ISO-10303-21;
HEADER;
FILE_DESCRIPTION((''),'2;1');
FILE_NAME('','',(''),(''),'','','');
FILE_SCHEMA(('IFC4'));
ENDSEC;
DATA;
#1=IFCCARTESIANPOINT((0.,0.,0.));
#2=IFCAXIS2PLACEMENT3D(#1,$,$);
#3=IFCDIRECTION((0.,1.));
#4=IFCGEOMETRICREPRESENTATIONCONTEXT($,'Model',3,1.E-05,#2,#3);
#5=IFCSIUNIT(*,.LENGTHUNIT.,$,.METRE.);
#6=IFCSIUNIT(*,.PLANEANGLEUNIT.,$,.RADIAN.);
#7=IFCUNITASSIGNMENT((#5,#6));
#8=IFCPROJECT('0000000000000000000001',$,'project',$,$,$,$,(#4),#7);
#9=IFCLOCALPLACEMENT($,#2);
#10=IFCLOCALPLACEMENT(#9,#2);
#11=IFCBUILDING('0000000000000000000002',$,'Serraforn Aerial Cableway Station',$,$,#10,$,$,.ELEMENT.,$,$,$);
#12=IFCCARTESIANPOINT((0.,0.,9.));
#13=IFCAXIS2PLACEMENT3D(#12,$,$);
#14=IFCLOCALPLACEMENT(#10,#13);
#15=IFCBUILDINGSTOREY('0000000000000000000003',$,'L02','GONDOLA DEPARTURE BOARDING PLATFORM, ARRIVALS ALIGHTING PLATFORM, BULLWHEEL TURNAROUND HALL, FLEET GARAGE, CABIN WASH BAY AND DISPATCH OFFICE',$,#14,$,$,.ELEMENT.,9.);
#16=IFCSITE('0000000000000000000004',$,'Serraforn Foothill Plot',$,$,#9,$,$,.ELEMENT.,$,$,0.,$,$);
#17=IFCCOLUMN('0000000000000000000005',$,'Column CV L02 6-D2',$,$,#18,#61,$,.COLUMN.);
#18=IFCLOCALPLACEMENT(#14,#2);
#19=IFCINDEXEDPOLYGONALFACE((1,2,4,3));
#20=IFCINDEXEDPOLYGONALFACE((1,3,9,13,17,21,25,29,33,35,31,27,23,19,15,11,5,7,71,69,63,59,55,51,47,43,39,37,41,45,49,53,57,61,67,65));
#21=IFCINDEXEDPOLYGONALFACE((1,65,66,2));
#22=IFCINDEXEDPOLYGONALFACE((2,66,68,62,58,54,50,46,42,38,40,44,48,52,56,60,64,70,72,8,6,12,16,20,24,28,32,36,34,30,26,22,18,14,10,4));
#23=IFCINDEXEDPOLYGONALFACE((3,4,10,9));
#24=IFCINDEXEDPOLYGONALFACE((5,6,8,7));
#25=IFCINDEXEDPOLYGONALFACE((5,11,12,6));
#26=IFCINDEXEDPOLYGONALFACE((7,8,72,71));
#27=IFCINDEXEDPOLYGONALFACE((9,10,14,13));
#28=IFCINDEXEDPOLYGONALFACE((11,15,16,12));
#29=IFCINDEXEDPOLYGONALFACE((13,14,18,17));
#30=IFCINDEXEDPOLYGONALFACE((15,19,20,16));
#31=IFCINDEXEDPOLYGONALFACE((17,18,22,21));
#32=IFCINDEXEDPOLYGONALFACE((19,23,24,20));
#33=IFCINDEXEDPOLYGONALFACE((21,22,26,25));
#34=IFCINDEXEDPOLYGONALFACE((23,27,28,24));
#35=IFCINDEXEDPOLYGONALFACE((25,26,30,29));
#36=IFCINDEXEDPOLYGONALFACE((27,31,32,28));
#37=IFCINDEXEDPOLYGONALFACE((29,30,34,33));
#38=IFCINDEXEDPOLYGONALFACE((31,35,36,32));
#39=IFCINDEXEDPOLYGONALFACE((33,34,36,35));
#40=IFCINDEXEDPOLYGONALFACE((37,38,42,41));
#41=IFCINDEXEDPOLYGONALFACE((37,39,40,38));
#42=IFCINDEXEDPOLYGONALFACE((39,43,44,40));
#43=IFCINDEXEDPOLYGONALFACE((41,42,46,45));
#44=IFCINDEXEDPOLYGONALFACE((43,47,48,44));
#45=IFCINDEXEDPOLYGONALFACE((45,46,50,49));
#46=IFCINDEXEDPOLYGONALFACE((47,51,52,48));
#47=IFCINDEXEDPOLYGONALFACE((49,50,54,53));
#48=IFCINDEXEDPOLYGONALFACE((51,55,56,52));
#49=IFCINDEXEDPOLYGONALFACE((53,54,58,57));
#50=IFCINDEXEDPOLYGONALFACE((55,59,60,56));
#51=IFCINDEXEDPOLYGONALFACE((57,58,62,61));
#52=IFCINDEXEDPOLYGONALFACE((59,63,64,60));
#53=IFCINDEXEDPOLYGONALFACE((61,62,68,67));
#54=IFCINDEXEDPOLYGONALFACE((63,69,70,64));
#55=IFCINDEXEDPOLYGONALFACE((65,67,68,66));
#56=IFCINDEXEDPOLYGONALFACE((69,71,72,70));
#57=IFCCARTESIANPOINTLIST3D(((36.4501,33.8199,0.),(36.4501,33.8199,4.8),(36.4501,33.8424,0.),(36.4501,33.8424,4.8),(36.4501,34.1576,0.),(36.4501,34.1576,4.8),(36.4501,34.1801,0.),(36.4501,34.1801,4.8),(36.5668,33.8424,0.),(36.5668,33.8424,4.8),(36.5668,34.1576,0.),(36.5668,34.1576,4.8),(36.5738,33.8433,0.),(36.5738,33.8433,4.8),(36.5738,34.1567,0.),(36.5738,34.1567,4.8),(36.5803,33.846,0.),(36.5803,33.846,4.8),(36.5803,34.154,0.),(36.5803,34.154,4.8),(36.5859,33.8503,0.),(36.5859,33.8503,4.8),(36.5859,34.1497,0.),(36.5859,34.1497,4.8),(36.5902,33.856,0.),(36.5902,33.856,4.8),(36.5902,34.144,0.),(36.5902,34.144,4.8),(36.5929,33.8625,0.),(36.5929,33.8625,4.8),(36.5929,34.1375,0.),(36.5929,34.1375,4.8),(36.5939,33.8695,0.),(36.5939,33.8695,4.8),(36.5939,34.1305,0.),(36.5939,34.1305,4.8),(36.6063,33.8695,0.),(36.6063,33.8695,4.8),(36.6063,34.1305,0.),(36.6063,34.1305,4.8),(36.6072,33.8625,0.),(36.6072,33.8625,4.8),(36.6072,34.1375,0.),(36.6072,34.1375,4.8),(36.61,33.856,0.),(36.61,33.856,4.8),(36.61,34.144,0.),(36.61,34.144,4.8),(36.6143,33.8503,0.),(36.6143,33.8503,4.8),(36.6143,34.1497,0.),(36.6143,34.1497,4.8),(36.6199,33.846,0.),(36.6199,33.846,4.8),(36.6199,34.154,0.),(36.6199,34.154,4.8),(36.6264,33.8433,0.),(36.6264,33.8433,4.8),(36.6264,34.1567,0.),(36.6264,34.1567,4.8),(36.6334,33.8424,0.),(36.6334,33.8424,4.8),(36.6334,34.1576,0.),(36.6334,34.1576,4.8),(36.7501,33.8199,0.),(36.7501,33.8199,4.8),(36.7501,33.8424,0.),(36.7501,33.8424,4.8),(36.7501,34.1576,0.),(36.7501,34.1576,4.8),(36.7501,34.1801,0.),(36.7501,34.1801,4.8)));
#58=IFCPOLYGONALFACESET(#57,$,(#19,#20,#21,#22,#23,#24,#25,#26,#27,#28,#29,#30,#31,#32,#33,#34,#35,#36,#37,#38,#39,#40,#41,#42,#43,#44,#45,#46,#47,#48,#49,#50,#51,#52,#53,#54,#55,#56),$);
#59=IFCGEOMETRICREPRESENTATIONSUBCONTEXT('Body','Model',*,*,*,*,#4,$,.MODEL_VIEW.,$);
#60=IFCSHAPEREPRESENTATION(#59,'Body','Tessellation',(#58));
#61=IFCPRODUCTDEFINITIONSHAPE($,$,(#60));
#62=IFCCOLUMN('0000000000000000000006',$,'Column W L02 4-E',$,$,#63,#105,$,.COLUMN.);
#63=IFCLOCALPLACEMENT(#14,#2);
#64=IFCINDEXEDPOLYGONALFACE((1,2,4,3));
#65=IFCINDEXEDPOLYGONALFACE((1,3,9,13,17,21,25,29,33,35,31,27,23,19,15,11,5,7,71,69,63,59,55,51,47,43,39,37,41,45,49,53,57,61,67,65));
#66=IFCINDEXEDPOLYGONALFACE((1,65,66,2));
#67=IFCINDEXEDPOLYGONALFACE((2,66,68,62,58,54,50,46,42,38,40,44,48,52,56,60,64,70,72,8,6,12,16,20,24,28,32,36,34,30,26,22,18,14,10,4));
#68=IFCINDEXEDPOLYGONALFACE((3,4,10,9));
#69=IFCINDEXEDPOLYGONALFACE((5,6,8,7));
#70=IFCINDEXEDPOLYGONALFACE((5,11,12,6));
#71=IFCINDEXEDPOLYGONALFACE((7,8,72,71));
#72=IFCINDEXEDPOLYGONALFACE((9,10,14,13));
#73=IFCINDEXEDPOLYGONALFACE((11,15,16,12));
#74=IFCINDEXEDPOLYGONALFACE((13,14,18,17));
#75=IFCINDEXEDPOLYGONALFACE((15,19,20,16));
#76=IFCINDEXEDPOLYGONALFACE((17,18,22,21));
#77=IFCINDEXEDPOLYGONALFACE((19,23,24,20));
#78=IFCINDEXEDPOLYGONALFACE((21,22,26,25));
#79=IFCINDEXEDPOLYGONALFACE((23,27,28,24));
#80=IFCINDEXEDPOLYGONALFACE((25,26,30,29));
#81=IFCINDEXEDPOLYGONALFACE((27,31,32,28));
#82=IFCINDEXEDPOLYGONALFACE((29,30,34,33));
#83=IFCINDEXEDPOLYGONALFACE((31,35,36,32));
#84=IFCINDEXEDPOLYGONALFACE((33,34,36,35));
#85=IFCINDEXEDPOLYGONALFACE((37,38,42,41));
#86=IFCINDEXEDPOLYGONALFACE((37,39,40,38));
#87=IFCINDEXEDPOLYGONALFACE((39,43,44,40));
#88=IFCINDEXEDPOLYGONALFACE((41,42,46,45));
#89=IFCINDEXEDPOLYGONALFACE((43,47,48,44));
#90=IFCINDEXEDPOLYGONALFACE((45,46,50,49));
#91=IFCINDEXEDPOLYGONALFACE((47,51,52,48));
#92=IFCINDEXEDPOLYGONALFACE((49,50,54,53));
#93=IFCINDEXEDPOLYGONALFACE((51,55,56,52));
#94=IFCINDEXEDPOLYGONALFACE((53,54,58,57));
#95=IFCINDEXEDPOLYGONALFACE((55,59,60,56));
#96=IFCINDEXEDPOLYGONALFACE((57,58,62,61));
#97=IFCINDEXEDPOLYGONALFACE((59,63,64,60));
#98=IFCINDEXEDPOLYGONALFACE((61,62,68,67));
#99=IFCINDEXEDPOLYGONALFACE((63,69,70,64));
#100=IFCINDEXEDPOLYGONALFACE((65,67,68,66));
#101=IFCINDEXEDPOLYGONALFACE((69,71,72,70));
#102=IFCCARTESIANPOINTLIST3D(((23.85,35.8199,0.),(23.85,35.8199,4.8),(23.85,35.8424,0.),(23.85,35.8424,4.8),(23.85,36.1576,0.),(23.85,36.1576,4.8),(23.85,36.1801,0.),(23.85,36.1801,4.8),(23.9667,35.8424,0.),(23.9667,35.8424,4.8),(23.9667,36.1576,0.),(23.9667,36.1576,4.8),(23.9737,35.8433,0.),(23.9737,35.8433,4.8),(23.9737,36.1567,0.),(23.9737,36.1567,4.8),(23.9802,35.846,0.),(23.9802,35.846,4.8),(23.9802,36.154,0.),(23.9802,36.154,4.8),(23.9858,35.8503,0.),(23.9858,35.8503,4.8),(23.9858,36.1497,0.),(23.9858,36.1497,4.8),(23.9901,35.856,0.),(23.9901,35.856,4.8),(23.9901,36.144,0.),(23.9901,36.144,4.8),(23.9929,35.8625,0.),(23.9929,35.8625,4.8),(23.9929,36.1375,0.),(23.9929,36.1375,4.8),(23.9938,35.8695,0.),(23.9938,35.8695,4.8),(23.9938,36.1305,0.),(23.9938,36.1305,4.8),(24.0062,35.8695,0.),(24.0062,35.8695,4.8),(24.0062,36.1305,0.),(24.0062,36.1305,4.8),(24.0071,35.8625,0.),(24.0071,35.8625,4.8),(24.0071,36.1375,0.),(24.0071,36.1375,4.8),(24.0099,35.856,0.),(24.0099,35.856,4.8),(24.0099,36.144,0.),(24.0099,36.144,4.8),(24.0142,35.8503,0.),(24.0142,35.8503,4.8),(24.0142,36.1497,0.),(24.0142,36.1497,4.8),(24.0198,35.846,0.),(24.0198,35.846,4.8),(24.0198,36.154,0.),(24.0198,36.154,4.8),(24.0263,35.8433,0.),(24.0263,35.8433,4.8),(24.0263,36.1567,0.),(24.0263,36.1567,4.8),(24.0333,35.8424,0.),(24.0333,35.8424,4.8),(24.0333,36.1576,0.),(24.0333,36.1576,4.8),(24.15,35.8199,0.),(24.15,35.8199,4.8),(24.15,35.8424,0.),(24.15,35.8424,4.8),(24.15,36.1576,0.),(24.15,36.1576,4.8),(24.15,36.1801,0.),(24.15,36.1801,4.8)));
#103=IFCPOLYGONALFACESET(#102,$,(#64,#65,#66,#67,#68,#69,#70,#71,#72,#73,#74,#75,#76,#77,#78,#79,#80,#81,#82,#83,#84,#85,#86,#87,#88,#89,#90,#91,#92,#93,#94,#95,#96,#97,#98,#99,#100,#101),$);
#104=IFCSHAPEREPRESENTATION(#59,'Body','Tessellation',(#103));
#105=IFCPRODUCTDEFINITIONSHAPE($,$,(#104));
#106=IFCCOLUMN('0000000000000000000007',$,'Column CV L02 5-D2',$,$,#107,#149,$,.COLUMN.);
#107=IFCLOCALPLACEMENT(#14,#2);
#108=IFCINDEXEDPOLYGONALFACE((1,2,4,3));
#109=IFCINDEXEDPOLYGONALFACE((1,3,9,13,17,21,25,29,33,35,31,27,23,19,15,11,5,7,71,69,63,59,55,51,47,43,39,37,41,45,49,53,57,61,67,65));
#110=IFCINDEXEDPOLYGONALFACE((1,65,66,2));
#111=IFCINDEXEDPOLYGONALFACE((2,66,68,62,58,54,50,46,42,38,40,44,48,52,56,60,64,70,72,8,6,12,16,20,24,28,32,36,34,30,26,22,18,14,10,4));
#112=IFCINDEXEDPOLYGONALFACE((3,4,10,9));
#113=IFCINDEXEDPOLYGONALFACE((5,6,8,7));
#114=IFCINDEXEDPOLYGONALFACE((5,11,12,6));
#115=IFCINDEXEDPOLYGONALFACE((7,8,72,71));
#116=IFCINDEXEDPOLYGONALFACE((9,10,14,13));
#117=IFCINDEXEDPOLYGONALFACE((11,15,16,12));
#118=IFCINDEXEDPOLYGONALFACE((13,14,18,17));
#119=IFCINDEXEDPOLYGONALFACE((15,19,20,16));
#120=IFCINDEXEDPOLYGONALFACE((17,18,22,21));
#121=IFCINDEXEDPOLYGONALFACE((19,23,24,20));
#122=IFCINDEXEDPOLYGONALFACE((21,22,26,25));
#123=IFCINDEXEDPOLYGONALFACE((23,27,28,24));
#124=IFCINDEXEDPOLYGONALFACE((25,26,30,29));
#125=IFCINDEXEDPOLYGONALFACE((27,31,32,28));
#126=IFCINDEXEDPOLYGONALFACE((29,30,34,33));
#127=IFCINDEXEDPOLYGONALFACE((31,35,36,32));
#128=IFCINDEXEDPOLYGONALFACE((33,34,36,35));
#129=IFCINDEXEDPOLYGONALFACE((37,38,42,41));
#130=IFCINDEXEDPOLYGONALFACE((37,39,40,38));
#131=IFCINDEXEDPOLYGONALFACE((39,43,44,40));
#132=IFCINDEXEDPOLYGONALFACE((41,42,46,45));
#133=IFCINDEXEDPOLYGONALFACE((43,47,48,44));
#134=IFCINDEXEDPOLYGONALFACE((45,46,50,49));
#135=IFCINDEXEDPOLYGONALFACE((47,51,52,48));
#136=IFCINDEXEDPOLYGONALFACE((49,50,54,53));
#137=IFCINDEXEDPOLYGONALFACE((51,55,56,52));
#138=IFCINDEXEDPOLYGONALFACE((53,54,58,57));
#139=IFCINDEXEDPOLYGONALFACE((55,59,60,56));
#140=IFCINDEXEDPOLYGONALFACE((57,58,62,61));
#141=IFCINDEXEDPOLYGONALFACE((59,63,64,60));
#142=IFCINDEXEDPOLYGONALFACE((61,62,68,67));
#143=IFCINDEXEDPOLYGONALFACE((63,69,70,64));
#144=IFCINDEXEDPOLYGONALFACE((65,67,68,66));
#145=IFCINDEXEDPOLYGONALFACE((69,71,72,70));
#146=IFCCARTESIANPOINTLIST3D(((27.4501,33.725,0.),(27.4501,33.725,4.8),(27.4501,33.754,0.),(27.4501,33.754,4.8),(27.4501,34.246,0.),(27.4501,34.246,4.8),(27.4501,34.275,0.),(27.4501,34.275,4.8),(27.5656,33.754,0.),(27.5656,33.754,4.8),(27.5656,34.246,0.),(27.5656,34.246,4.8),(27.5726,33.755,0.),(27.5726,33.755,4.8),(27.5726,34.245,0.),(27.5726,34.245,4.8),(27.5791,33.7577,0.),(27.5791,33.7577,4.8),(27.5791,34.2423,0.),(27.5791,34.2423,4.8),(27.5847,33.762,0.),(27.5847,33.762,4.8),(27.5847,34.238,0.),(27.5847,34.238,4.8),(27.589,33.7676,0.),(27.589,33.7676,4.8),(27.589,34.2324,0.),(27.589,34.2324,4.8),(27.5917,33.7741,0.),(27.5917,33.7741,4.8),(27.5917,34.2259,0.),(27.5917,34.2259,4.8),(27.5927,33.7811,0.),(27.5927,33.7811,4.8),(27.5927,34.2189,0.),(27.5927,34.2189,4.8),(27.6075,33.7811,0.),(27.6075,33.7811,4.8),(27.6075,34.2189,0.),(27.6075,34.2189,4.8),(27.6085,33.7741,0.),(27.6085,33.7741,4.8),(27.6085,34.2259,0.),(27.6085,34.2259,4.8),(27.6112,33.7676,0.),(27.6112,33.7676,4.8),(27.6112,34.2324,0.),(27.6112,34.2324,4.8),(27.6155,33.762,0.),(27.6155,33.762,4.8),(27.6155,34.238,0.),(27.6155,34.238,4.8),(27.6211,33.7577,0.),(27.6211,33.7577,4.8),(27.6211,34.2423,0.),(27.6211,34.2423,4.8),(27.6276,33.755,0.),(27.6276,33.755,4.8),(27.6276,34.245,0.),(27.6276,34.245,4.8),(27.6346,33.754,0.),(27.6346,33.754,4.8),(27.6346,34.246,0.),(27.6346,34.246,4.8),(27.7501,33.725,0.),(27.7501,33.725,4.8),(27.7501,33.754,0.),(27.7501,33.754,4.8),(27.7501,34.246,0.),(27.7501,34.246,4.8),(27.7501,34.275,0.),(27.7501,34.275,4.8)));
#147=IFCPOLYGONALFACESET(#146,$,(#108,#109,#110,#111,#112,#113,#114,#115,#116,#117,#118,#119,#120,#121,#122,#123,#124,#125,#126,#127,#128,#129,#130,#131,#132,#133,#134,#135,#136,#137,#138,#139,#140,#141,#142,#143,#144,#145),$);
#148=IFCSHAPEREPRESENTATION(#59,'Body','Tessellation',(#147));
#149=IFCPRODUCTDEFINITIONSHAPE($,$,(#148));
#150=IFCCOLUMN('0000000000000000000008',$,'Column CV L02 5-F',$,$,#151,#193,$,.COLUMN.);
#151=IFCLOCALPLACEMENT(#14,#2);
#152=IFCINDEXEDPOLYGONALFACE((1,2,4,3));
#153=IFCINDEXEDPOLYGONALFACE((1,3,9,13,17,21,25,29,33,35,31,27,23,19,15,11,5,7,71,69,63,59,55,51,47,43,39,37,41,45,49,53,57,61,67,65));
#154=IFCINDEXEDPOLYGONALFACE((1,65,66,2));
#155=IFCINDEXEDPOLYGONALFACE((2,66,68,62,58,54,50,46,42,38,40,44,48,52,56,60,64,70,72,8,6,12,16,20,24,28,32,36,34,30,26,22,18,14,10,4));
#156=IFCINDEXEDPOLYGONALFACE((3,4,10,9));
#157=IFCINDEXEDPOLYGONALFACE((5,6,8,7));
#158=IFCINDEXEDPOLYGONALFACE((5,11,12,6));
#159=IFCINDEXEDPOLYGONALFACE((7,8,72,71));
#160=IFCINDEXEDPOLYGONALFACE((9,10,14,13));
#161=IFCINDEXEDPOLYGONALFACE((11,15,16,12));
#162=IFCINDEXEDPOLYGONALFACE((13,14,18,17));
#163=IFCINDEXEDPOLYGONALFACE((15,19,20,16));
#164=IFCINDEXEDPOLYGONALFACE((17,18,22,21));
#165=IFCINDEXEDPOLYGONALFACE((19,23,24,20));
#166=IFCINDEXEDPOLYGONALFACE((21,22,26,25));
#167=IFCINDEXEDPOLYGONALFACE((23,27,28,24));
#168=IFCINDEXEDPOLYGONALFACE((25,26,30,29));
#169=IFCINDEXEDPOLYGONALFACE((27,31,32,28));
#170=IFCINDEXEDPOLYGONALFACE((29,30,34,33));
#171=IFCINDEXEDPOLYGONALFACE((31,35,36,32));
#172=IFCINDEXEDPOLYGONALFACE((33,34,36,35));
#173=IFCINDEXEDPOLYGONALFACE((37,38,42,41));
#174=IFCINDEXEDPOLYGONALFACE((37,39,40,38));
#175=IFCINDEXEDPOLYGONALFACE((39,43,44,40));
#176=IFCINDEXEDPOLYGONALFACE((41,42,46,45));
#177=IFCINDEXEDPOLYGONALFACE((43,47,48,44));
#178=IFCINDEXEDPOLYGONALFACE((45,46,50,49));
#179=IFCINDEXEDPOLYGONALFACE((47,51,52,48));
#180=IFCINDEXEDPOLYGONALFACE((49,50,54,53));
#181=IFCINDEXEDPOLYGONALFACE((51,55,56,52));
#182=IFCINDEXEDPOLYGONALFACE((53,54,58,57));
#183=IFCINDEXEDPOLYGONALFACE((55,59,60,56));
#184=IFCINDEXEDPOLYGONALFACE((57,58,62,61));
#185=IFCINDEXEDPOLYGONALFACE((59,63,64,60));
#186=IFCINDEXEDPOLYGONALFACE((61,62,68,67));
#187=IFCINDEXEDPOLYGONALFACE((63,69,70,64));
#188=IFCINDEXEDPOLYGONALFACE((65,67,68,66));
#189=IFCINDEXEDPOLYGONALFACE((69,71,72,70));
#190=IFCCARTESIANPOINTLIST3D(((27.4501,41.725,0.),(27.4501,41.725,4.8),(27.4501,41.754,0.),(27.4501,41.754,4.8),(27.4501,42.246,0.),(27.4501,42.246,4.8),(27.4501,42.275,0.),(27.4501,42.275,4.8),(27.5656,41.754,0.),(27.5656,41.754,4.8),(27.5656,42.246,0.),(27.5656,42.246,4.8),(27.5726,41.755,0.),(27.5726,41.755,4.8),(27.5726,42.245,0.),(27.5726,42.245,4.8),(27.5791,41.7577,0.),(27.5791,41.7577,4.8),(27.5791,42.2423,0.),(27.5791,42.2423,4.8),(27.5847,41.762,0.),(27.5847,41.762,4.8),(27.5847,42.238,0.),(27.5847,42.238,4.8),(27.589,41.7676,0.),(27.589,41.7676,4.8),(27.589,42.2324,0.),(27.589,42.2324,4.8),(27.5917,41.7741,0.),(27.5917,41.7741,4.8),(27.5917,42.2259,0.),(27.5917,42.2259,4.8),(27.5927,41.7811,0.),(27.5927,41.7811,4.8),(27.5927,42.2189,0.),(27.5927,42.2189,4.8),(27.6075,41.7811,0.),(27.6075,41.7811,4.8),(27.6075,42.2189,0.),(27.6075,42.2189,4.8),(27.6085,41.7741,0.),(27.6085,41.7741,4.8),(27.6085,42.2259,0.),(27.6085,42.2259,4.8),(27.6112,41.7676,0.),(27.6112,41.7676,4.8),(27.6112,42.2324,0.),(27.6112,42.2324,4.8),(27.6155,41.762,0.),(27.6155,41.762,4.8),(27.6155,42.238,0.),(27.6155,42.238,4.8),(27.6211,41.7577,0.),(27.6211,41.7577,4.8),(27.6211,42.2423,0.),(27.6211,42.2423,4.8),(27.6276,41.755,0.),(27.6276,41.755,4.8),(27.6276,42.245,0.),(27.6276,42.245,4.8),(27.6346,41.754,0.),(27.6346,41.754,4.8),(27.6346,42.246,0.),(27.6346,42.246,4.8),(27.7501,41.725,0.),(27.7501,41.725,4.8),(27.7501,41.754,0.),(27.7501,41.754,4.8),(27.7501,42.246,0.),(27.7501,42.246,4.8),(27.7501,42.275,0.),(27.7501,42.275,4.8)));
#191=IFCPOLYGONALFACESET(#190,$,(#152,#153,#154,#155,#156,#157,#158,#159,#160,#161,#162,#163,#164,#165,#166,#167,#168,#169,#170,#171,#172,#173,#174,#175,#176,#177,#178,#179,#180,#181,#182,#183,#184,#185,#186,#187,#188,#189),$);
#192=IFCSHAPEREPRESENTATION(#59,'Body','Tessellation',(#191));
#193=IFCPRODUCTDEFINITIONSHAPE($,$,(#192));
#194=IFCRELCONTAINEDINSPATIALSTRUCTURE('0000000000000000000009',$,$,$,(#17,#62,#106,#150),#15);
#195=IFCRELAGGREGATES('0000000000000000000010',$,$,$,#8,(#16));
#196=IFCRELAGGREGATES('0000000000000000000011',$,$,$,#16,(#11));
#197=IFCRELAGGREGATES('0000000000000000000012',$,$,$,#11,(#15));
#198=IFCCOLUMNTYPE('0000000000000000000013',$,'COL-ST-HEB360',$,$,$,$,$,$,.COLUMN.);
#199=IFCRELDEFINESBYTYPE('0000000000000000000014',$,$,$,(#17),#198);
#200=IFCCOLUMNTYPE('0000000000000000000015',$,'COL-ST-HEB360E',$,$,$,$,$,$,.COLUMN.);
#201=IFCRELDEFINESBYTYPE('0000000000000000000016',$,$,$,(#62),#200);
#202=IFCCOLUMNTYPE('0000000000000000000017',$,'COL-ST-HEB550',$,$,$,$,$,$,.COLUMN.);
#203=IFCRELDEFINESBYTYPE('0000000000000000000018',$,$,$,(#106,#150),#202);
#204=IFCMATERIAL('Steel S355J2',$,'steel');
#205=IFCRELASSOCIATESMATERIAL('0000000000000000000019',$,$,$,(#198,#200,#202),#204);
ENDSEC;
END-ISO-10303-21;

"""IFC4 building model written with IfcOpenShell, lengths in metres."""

from ifc_helpers import new_model, si_unit, direction, frame, origin, origin_2d, place, context, subcontext, project, spatial, i_section, extrude, material, material_profile, profile_set, type_object, element, save


model = new_model("IFC4")

# Units and contexts
model_context = context("Model", 3, precision=1e-05, world=origin(), true_north=direction((0.0, 1.0)))
body_context = subcontext(model_context, "Body", "Model", "MODEL_VIEW")
ifc_project = project(units=[si_unit("LENGTHUNIT", "METRE"), si_unit("PLANEANGLEUNIT", "RADIAN")], contexts=[model_context])

# Site, building, storey
site_placement = place(None, origin())
site = spatial("IfcSite", under=ifc_project, at=site_placement, Name="Serraforn Foothill Plot", CompositionType="ELEMENT", RefElevation=0.0)
building_placement = place(site_placement, origin())
building = spatial("IfcBuilding", under=site, at=building_placement, Name="Serraforn Aerial Cableway Station", CompositionType="ELEMENT")
storey_placement = place(building_placement, frame((0.0, 0.0, 9.0)))
storey = spatial("IfcBuildingStorey", under=building, at=storey_placement, Name="L02", Description="GONDOLA DEPARTURE BOARDING PLATFORM, ARRIVALS ALIGHTING PLATFORM, BULLWHEEL TURNAROUND HALL, FLEET GARAGE, CABIN WASH BAY AND DISPATCH OFFICE", CompositionType="ELEMENT", Elevation=9.0)

# Columns
ifc_material_1 = material(Name="Steel S355J2", Category="steel")
ifc_material_profile_1 = material_profile(ifc_material_1, i_section(OverallWidth=0.3, OverallDepth=0.3601, WebThickness=0.0125, FlangeThickness=0.0225, FilletRadius=0.0271, at=origin_2d()), Name="HEB 360")
ifc_profile_set_1 = profile_set([ifc_material_profile_1], Name="Steel S355J2")
column_type_1 = type_object("IfcColumnType", Name="COL-ST-HEB360", PredefinedType="COLUMN", material=ifc_profile_set_1)
column_1_placement = place(storey_placement, frame((36.6001, 34.0, 0.0), z_axis=(0.0, 0.0, 1.0), x_axis=(1.0, 0.0, 0.0)))
element("IfcColumn", 1, at=column_1_placement, inside=storey, type_object=column_type_1, Name="Column CV L02 6-D2", PredefinedType="COLUMN", context=body_context, shape_type="SweptSolid", body=[
    extrude(i_section(OverallWidth=0.3, OverallDepth=0.3601, WebThickness=0.0125, FlangeThickness=0.0225, FilletRadius=0.0271, at=origin_2d()), origin(), (0.0, 0.0, 1.0), 4.8),
])
ifc_material_profile_2 = material_profile(ifc_material_1, i_section(OverallWidth=0.3, OverallDepth=0.3601, WebThickness=0.0125, FlangeThickness=0.0225, FilletRadius=0.0271, at=origin_2d()), Name="HEB 360")
ifc_profile_set_2 = profile_set([ifc_material_profile_2], Name="Steel S355J2")
column_type_2 = type_object("IfcColumnType", Name="COL-ST-HEB360E", PredefinedType="COLUMN", material=ifc_profile_set_2)
column_2_placement = place(storey_placement, frame((24.0, 36.0, 0.0), z_axis=(0.0, 0.0, 1.0), x_axis=(1.0, 0.0, 0.0)))
element("IfcColumn", 2, at=column_2_placement, inside=storey, type_object=column_type_2, Name="Column W L02 4-E", PredefinedType="COLUMN", context=body_context, shape_type="SweptSolid", body=[
    extrude(i_section(OverallWidth=0.3, OverallDepth=0.3601, WebThickness=0.0125, FlangeThickness=0.0225, FilletRadius=0.0271, at=origin_2d()), origin(), (0.0, 0.0, 1.0), 4.8),
])
ifc_material_profile_3 = material_profile(ifc_material_1, i_section(OverallWidth=0.3, OverallDepth=0.55, WebThickness=0.0149, FlangeThickness=0.0291, FilletRadius=0.0271, at=origin_2d()), Name="HEB 550")
ifc_profile_set_3 = profile_set([ifc_material_profile_3], Name="Steel S355J2")
column_type_3 = type_object("IfcColumnType", Name="COL-ST-HEB550", PredefinedType="COLUMN", material=ifc_profile_set_3)
for number, where, z_axis, x_axis, name in (
    (3, (27.6001, 34.0, 0.0), (0.0, 0.0, 1.0), (1.0, 0.0, 0.0), "Column CV L02 5-D2"),
    (4, (27.6001, 42.0, 0.0), (0.0, 0.0, 1.0), (1.0, 0.0, 0.0), "Column CV L02 5-F"),
):
    element("IfcColumn", number, at=place(storey_placement, frame(where, z_axis=z_axis, x_axis=x_axis)), inside=storey, type_object=column_type_3, Name=name, PredefinedType="COLUMN", context=body_context, shape_type="SweptSolid", body=[
        extrude(i_section(OverallWidth=0.3, OverallDepth=0.55, WebThickness=0.0149, FlangeThickness=0.0291, FilletRadius=0.0271, at=origin_2d()), origin(), (0.0, 0.0, 1.0), 4.8),
    ])

save(model, "model.ifc")
